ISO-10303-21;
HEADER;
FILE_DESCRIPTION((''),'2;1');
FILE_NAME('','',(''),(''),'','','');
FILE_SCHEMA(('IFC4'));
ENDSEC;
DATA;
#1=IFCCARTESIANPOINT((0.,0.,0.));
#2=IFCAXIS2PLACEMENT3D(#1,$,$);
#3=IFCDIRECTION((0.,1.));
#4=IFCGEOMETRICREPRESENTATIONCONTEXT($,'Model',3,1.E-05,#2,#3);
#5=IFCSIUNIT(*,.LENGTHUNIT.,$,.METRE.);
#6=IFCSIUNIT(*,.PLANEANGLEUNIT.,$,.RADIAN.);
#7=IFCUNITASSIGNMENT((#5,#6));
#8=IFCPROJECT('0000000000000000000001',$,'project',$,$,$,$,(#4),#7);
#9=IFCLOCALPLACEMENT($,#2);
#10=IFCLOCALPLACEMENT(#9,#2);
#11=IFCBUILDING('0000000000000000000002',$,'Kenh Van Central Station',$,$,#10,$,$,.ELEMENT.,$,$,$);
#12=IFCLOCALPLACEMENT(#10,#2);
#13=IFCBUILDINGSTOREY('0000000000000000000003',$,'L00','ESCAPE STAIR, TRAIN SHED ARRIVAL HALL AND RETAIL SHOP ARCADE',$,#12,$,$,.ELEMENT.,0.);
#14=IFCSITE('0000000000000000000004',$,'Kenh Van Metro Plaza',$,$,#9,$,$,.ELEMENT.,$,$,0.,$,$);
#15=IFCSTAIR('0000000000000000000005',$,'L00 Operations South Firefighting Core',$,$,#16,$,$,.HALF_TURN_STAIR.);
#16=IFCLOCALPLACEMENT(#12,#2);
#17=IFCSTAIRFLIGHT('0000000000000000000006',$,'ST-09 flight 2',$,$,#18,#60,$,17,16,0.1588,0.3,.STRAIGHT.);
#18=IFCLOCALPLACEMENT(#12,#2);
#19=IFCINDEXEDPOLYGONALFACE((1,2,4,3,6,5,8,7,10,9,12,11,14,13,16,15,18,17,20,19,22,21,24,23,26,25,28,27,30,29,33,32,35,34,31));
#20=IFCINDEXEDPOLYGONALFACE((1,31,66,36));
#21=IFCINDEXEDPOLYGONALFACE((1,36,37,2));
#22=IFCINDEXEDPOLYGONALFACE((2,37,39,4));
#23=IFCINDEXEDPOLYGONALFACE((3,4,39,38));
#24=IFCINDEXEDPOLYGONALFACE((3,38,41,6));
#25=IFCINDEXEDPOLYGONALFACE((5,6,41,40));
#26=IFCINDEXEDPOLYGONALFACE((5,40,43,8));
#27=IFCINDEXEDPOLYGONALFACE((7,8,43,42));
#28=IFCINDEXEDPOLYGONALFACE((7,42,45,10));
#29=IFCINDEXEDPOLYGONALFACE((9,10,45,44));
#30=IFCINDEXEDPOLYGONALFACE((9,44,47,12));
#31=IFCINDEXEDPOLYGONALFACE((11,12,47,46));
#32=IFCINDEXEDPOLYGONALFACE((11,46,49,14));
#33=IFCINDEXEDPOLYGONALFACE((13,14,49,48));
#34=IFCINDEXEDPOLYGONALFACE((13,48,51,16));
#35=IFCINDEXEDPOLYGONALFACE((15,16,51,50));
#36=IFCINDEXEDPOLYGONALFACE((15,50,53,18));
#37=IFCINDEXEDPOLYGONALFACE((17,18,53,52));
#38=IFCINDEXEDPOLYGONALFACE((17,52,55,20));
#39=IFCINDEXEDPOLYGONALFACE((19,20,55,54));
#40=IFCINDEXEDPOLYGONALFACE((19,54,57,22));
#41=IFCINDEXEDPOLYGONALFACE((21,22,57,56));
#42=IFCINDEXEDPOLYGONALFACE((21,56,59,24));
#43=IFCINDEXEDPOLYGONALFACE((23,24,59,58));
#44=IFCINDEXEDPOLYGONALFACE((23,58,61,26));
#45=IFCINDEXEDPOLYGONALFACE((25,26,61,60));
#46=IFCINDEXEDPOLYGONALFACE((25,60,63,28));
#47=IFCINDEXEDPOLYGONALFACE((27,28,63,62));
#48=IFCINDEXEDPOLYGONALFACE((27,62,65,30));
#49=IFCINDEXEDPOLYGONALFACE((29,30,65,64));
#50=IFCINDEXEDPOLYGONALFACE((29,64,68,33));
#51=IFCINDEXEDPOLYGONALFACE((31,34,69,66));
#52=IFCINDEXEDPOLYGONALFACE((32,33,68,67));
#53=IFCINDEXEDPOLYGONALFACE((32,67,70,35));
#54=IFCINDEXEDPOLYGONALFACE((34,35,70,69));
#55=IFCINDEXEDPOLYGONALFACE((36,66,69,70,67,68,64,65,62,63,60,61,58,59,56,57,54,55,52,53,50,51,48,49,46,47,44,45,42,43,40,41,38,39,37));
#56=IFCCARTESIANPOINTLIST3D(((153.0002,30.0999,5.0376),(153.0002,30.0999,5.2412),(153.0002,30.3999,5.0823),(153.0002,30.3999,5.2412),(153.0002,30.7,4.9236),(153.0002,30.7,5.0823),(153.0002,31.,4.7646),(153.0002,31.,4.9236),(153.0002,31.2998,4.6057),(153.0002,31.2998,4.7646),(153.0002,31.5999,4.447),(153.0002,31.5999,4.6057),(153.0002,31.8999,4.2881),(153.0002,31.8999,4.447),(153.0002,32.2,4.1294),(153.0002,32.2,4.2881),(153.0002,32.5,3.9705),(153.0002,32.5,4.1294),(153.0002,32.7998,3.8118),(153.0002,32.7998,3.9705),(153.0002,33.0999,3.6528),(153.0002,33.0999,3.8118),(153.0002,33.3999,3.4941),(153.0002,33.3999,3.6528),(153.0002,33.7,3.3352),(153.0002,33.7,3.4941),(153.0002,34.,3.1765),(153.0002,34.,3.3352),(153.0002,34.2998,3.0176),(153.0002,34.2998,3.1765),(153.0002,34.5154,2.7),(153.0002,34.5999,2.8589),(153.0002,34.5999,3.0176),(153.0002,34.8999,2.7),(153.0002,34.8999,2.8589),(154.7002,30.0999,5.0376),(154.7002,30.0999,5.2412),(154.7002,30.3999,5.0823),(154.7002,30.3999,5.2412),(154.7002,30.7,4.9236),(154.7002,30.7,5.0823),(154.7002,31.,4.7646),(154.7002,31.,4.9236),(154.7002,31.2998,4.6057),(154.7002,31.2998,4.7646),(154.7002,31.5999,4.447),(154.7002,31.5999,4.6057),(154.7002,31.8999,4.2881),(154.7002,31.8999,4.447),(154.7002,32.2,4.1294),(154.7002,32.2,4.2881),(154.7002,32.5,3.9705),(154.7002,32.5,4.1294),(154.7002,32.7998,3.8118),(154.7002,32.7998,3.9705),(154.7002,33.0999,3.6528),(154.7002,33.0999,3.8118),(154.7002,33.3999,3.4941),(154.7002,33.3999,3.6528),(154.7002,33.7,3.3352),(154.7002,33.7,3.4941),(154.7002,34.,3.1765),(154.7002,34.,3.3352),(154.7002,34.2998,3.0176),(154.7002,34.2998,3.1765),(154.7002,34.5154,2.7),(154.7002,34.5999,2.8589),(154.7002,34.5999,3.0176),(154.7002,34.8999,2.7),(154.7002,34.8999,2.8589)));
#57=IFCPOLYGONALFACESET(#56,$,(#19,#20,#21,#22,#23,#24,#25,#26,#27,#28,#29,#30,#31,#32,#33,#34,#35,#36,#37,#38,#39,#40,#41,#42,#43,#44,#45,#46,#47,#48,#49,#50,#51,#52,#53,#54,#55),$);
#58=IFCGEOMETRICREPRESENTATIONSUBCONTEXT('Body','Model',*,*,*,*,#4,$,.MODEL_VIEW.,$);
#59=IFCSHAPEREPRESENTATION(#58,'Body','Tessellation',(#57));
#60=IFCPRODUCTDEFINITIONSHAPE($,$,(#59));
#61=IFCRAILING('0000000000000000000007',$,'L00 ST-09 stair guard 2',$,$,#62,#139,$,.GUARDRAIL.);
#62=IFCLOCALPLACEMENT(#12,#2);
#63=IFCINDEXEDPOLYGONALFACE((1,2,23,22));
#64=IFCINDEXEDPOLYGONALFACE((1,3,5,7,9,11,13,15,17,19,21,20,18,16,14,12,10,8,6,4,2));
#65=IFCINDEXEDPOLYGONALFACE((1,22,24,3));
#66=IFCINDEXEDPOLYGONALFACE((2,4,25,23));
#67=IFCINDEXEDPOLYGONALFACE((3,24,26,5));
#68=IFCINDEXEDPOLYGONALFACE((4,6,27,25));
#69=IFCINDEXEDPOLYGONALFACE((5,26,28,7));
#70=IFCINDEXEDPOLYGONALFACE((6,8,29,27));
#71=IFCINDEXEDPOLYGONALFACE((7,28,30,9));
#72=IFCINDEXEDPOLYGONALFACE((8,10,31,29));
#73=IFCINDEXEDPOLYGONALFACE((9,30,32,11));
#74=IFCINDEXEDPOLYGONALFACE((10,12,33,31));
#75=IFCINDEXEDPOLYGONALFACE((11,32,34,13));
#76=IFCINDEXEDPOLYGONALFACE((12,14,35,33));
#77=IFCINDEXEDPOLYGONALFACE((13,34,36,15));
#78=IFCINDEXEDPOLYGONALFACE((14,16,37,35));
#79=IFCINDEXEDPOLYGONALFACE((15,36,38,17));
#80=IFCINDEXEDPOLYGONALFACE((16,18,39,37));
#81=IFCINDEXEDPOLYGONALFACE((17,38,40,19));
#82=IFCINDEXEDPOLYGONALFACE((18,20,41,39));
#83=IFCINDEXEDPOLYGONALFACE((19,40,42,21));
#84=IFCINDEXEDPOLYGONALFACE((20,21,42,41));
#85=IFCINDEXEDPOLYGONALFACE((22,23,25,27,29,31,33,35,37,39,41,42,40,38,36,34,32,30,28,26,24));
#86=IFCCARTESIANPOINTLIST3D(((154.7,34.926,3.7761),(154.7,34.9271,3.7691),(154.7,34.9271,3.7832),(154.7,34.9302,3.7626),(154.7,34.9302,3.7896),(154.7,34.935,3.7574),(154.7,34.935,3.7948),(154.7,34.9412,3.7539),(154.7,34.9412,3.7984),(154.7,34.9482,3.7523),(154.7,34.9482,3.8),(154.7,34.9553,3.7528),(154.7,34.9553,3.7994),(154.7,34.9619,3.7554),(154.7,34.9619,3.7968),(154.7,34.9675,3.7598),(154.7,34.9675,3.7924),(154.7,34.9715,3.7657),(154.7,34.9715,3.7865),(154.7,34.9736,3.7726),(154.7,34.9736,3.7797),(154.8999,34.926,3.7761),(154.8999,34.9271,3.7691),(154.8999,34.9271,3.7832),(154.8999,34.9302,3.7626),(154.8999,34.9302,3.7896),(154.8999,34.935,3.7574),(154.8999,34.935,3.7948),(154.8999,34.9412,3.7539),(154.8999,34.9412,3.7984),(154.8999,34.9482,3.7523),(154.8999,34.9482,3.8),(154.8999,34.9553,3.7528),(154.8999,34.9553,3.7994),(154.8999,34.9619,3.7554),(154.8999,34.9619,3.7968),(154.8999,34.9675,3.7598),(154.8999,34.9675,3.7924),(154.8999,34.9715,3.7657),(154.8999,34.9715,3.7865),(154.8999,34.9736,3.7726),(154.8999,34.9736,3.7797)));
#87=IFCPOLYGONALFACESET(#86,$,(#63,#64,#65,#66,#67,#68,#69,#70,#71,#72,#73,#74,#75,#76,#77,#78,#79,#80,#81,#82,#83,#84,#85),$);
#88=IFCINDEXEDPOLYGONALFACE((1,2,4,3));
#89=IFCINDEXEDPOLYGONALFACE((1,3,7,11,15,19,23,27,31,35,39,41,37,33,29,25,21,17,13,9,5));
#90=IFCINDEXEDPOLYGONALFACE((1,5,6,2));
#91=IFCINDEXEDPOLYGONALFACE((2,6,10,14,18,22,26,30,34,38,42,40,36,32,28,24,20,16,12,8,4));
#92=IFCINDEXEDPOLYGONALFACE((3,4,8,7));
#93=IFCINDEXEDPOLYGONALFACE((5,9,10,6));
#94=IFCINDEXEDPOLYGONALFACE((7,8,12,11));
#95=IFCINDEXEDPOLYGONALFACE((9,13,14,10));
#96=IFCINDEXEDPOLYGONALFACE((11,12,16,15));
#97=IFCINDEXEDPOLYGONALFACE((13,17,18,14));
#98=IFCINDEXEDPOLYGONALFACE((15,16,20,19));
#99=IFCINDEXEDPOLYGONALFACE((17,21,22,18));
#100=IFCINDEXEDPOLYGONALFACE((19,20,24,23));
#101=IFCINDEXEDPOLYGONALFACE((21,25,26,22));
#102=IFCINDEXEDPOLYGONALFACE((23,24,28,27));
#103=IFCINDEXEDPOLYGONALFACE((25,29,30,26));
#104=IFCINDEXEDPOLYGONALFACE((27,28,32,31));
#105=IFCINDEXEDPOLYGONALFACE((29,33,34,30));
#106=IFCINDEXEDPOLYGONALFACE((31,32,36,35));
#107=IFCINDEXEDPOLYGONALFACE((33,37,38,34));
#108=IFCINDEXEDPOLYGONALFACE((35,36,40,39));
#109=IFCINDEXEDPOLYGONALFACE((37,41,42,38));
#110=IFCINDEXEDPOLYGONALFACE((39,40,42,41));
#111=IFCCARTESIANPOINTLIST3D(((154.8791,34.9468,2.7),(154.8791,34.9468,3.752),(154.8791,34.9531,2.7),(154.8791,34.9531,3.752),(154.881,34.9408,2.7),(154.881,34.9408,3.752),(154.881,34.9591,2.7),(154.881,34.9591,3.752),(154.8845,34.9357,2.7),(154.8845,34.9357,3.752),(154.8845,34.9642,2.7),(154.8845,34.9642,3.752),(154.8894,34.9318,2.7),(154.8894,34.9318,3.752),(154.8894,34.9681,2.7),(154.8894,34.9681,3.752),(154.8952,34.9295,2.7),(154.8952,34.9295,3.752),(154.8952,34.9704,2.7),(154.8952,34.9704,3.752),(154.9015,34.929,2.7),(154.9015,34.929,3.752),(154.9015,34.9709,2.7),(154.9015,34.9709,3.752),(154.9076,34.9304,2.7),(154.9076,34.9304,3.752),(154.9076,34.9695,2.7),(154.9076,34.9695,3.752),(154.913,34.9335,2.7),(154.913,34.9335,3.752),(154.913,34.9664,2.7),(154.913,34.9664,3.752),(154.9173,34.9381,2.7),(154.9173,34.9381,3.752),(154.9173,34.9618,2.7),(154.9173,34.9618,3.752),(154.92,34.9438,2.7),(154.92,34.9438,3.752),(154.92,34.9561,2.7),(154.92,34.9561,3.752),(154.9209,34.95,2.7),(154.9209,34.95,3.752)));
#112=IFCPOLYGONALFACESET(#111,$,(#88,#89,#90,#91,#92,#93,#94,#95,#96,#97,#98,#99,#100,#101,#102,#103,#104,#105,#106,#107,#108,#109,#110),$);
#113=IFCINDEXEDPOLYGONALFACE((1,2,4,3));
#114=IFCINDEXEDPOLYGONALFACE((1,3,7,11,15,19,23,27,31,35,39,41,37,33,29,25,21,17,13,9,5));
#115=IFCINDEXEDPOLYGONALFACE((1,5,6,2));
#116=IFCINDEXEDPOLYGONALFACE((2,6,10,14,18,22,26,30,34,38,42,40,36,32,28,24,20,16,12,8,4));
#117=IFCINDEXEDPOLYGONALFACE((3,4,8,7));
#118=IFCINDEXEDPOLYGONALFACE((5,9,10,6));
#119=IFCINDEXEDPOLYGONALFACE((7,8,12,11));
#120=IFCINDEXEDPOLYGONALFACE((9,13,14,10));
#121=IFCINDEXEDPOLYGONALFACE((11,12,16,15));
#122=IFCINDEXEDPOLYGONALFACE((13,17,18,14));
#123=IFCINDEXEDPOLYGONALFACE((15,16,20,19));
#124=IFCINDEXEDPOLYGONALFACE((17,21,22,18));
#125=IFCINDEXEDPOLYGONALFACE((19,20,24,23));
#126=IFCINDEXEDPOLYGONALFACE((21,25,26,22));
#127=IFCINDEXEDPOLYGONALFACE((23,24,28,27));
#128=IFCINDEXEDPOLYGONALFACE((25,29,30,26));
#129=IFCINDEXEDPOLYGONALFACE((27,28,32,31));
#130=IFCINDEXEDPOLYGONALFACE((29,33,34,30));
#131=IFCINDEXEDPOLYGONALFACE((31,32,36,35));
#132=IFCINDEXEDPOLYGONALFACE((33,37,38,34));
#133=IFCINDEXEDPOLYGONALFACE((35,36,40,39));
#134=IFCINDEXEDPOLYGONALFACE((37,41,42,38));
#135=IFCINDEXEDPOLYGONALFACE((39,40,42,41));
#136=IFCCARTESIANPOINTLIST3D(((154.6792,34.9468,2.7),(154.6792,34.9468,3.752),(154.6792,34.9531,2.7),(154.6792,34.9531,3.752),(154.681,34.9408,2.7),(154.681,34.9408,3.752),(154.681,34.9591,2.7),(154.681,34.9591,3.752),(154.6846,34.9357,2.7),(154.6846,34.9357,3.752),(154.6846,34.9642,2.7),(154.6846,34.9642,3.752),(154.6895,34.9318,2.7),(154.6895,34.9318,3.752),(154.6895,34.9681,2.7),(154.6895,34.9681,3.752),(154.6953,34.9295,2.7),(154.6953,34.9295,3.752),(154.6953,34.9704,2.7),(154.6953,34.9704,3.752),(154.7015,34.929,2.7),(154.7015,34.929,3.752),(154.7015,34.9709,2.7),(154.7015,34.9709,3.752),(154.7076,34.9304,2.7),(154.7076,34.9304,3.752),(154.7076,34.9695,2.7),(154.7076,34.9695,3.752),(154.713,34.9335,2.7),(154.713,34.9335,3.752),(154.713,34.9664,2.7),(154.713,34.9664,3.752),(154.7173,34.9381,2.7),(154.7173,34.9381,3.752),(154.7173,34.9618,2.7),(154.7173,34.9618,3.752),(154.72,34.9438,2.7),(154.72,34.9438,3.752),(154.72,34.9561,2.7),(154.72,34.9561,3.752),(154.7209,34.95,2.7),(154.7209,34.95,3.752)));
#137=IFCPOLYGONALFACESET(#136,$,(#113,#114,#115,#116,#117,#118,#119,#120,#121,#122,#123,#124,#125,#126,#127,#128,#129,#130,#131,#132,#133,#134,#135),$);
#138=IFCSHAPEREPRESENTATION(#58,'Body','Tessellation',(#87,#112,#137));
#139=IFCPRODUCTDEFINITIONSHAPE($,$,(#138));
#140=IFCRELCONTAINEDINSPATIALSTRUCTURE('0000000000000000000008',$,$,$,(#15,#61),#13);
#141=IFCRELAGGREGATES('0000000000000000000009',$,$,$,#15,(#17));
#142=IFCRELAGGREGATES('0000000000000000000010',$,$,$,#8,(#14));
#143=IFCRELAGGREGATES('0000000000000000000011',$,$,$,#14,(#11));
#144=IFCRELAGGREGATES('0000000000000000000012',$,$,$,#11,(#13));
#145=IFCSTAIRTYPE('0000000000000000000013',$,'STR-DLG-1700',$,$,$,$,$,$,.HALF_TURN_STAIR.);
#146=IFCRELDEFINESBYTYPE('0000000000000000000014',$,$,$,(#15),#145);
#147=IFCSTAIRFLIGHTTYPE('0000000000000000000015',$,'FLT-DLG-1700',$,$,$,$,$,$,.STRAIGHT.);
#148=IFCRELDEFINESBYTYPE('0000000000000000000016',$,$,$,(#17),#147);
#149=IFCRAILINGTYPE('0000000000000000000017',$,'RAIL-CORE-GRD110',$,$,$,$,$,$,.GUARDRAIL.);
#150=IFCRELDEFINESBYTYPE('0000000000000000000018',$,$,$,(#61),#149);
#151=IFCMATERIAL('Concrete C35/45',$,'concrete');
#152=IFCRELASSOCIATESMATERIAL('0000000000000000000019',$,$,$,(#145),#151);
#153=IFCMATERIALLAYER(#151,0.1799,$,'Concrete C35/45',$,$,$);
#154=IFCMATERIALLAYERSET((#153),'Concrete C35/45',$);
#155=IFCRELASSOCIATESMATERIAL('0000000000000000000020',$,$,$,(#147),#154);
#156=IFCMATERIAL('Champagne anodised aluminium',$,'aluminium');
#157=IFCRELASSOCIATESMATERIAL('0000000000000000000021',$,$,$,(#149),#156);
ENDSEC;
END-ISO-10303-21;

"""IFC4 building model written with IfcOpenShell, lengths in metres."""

from ifc_helpers import new_model, si_unit, direction, frame, origin, origin_2d, place, context, subcontext, project, spatial, polyline, circle, outline, extrude, material, layer, layer_set, type_object, element, aggregate, save


model = new_model("IFC4")

# Units and contexts
model_context = context("Model", 3, precision=1e-05, world=origin(), true_north=direction((0.0, 1.0)))
body_context = subcontext(model_context, "Body", "Model", "MODEL_VIEW")
ifc_project = project(units=[si_unit("LENGTHUNIT", "METRE"), si_unit("PLANEANGLEUNIT", "RADIAN")], contexts=[model_context])

# Site, building, storey
site_placement = place(None, origin())
site = spatial("IfcSite", under=ifc_project, at=site_placement, Name="Kenh Van Metro Plaza", CompositionType="ELEMENT", RefElevation=0.0)
building_placement = place(site_placement, origin())
building = spatial("IfcBuilding", under=site, at=building_placement, Name="Kenh Van Central Station", CompositionType="ELEMENT")
storey_placement = place(building_placement, origin())
storey = spatial("IfcBuildingStorey", under=building, at=storey_placement, Name="L00", Description="ESCAPE STAIR, TRAIN SHED ARRIVAL HALL AND RETAIL SHOP ARCADE", CompositionType="ELEMENT", Elevation=0.0)

# Shared definitions
ifc_material_1 = material(Name="Concrete C35/45", Category="concrete")

# Shared definitions
ifc_material_2 = material(Name="Champagne anodised aluminium", Category="aluminium")

# Stair, stair flight
stair_type = type_object("IfcStairType", Name="STR-DLG-1700", PredefinedType="HALF_TURN_STAIR", material=ifc_material_1)
stair_placement = place(storey_placement, origin())
stair = element("IfcStair", 1, at=stair_placement, inside=storey, type_object=stair_type, Name="L00 Operations South Firefighting Core", PredefinedType="HALF_TURN_STAIR")
ifc_layer_1 = layer(ifc_material_1, 0.1799, Name="Concrete C35/45")
ifc_layer_set_1 = layer_set([ifc_layer_1], Name="Concrete C35/45")
stair_flight_type = type_object("IfcStairFlightType", Name="FLT-DLG-1700", PredefinedType="STRAIGHT", material=ifc_layer_set_1)
stair_flight_placement = place(storey_placement, frame((153.8501, 34.8999, 2.7), z_axis=(0.0, 0.0, 1.0), x_axis=(0.0, -1.0, 0.0)))
stair_flight = element("IfcStairFlight", 2, at=stair_flight_placement, type_object=stair_flight_type, Name="ST-09 flight 2", NumberOfRisers=17, NumberOfTreads=16, PredefinedType="STRAIGHT", RiserHeight=0.1588, TreadLength=0.3, context=body_context, shape_type="SweptSolid", body=[
    extrude(outline(polyline([(0.0, 0.0), (0.0, 0.1589), (0.3, 0.1589), (0.3, 0.3176), (0.6001, 0.3176), (0.6001, 0.4766), (0.8999, 0.4766), (0.8999, 0.6353), (1.2, 0.6353), (1.2, 0.7942), (1.5, 0.7942), (1.5, 0.9529), (1.8, 0.9529), (1.8, 1.1118), (2.1001, 1.1118), (2.1001, 1.2705), (2.3999, 1.2705), (2.3999, 1.4294), (2.7, 1.4294), (2.7, 1.5881), (3.0, 1.5881), (3.0, 1.7471), (3.3, 1.7471), (3.3, 1.9058), (3.6001, 1.9058), (3.6001, 2.0647), (3.8999, 2.0647), (3.8999, 2.2236), (4.2, 2.2236), (4.2, 2.3823), (4.5, 2.3823), (4.5, 2.5413), (4.8, 2.5413), (4.8, 2.7), (4.8, 2.3376), (0.3845, 0.0), (0.0, 0.0)])), frame((0.0, 0.8501, 0.0), z_axis=(0.0, -1.0, 0.0), x_axis=(1.0, 0.0, 0.0)), (0.0, 0.0, 1.0), 1.7),
])
aggregate(stair, [stair_flight])

# Railing
railing_type_1 = type_object("IfcRailingType", Name="RAIL-CORE-GRD110", PredefinedType="GUARDRAIL", material=ifc_material_2)
railing_1_placement = place(storey_placement, frame((154.8999, 34.95, 2.7)))
element("IfcRailing", 3, at=railing_1_placement, inside=storey, type_object=railing_type_1, Name="L00 ST-09 stair guard 2", PredefinedType="GUARDRAIL", context=body_context, shape_type="SweptSolid", body=[
    extrude(circle(Radius=0.0239, at=origin_2d()), frame((0.0, 0.0, 1.0762), z_axis=(-1.0, 0.0, 0.0), x_axis=(0.0, -1.0, 0.0)), (0.0, 0.0, 1.0), 0.2),
    extrude(circle(Radius=0.021, at=origin_2d()), origin(), (0.0, 0.0, 1.0), 1.052),
    extrude(circle(Radius=0.021, at=origin_2d()), frame((-0.2, 0.0, 0.0)), (0.0, 0.0, 1.0), 1.052),
])

save(model, "model.ifc")
